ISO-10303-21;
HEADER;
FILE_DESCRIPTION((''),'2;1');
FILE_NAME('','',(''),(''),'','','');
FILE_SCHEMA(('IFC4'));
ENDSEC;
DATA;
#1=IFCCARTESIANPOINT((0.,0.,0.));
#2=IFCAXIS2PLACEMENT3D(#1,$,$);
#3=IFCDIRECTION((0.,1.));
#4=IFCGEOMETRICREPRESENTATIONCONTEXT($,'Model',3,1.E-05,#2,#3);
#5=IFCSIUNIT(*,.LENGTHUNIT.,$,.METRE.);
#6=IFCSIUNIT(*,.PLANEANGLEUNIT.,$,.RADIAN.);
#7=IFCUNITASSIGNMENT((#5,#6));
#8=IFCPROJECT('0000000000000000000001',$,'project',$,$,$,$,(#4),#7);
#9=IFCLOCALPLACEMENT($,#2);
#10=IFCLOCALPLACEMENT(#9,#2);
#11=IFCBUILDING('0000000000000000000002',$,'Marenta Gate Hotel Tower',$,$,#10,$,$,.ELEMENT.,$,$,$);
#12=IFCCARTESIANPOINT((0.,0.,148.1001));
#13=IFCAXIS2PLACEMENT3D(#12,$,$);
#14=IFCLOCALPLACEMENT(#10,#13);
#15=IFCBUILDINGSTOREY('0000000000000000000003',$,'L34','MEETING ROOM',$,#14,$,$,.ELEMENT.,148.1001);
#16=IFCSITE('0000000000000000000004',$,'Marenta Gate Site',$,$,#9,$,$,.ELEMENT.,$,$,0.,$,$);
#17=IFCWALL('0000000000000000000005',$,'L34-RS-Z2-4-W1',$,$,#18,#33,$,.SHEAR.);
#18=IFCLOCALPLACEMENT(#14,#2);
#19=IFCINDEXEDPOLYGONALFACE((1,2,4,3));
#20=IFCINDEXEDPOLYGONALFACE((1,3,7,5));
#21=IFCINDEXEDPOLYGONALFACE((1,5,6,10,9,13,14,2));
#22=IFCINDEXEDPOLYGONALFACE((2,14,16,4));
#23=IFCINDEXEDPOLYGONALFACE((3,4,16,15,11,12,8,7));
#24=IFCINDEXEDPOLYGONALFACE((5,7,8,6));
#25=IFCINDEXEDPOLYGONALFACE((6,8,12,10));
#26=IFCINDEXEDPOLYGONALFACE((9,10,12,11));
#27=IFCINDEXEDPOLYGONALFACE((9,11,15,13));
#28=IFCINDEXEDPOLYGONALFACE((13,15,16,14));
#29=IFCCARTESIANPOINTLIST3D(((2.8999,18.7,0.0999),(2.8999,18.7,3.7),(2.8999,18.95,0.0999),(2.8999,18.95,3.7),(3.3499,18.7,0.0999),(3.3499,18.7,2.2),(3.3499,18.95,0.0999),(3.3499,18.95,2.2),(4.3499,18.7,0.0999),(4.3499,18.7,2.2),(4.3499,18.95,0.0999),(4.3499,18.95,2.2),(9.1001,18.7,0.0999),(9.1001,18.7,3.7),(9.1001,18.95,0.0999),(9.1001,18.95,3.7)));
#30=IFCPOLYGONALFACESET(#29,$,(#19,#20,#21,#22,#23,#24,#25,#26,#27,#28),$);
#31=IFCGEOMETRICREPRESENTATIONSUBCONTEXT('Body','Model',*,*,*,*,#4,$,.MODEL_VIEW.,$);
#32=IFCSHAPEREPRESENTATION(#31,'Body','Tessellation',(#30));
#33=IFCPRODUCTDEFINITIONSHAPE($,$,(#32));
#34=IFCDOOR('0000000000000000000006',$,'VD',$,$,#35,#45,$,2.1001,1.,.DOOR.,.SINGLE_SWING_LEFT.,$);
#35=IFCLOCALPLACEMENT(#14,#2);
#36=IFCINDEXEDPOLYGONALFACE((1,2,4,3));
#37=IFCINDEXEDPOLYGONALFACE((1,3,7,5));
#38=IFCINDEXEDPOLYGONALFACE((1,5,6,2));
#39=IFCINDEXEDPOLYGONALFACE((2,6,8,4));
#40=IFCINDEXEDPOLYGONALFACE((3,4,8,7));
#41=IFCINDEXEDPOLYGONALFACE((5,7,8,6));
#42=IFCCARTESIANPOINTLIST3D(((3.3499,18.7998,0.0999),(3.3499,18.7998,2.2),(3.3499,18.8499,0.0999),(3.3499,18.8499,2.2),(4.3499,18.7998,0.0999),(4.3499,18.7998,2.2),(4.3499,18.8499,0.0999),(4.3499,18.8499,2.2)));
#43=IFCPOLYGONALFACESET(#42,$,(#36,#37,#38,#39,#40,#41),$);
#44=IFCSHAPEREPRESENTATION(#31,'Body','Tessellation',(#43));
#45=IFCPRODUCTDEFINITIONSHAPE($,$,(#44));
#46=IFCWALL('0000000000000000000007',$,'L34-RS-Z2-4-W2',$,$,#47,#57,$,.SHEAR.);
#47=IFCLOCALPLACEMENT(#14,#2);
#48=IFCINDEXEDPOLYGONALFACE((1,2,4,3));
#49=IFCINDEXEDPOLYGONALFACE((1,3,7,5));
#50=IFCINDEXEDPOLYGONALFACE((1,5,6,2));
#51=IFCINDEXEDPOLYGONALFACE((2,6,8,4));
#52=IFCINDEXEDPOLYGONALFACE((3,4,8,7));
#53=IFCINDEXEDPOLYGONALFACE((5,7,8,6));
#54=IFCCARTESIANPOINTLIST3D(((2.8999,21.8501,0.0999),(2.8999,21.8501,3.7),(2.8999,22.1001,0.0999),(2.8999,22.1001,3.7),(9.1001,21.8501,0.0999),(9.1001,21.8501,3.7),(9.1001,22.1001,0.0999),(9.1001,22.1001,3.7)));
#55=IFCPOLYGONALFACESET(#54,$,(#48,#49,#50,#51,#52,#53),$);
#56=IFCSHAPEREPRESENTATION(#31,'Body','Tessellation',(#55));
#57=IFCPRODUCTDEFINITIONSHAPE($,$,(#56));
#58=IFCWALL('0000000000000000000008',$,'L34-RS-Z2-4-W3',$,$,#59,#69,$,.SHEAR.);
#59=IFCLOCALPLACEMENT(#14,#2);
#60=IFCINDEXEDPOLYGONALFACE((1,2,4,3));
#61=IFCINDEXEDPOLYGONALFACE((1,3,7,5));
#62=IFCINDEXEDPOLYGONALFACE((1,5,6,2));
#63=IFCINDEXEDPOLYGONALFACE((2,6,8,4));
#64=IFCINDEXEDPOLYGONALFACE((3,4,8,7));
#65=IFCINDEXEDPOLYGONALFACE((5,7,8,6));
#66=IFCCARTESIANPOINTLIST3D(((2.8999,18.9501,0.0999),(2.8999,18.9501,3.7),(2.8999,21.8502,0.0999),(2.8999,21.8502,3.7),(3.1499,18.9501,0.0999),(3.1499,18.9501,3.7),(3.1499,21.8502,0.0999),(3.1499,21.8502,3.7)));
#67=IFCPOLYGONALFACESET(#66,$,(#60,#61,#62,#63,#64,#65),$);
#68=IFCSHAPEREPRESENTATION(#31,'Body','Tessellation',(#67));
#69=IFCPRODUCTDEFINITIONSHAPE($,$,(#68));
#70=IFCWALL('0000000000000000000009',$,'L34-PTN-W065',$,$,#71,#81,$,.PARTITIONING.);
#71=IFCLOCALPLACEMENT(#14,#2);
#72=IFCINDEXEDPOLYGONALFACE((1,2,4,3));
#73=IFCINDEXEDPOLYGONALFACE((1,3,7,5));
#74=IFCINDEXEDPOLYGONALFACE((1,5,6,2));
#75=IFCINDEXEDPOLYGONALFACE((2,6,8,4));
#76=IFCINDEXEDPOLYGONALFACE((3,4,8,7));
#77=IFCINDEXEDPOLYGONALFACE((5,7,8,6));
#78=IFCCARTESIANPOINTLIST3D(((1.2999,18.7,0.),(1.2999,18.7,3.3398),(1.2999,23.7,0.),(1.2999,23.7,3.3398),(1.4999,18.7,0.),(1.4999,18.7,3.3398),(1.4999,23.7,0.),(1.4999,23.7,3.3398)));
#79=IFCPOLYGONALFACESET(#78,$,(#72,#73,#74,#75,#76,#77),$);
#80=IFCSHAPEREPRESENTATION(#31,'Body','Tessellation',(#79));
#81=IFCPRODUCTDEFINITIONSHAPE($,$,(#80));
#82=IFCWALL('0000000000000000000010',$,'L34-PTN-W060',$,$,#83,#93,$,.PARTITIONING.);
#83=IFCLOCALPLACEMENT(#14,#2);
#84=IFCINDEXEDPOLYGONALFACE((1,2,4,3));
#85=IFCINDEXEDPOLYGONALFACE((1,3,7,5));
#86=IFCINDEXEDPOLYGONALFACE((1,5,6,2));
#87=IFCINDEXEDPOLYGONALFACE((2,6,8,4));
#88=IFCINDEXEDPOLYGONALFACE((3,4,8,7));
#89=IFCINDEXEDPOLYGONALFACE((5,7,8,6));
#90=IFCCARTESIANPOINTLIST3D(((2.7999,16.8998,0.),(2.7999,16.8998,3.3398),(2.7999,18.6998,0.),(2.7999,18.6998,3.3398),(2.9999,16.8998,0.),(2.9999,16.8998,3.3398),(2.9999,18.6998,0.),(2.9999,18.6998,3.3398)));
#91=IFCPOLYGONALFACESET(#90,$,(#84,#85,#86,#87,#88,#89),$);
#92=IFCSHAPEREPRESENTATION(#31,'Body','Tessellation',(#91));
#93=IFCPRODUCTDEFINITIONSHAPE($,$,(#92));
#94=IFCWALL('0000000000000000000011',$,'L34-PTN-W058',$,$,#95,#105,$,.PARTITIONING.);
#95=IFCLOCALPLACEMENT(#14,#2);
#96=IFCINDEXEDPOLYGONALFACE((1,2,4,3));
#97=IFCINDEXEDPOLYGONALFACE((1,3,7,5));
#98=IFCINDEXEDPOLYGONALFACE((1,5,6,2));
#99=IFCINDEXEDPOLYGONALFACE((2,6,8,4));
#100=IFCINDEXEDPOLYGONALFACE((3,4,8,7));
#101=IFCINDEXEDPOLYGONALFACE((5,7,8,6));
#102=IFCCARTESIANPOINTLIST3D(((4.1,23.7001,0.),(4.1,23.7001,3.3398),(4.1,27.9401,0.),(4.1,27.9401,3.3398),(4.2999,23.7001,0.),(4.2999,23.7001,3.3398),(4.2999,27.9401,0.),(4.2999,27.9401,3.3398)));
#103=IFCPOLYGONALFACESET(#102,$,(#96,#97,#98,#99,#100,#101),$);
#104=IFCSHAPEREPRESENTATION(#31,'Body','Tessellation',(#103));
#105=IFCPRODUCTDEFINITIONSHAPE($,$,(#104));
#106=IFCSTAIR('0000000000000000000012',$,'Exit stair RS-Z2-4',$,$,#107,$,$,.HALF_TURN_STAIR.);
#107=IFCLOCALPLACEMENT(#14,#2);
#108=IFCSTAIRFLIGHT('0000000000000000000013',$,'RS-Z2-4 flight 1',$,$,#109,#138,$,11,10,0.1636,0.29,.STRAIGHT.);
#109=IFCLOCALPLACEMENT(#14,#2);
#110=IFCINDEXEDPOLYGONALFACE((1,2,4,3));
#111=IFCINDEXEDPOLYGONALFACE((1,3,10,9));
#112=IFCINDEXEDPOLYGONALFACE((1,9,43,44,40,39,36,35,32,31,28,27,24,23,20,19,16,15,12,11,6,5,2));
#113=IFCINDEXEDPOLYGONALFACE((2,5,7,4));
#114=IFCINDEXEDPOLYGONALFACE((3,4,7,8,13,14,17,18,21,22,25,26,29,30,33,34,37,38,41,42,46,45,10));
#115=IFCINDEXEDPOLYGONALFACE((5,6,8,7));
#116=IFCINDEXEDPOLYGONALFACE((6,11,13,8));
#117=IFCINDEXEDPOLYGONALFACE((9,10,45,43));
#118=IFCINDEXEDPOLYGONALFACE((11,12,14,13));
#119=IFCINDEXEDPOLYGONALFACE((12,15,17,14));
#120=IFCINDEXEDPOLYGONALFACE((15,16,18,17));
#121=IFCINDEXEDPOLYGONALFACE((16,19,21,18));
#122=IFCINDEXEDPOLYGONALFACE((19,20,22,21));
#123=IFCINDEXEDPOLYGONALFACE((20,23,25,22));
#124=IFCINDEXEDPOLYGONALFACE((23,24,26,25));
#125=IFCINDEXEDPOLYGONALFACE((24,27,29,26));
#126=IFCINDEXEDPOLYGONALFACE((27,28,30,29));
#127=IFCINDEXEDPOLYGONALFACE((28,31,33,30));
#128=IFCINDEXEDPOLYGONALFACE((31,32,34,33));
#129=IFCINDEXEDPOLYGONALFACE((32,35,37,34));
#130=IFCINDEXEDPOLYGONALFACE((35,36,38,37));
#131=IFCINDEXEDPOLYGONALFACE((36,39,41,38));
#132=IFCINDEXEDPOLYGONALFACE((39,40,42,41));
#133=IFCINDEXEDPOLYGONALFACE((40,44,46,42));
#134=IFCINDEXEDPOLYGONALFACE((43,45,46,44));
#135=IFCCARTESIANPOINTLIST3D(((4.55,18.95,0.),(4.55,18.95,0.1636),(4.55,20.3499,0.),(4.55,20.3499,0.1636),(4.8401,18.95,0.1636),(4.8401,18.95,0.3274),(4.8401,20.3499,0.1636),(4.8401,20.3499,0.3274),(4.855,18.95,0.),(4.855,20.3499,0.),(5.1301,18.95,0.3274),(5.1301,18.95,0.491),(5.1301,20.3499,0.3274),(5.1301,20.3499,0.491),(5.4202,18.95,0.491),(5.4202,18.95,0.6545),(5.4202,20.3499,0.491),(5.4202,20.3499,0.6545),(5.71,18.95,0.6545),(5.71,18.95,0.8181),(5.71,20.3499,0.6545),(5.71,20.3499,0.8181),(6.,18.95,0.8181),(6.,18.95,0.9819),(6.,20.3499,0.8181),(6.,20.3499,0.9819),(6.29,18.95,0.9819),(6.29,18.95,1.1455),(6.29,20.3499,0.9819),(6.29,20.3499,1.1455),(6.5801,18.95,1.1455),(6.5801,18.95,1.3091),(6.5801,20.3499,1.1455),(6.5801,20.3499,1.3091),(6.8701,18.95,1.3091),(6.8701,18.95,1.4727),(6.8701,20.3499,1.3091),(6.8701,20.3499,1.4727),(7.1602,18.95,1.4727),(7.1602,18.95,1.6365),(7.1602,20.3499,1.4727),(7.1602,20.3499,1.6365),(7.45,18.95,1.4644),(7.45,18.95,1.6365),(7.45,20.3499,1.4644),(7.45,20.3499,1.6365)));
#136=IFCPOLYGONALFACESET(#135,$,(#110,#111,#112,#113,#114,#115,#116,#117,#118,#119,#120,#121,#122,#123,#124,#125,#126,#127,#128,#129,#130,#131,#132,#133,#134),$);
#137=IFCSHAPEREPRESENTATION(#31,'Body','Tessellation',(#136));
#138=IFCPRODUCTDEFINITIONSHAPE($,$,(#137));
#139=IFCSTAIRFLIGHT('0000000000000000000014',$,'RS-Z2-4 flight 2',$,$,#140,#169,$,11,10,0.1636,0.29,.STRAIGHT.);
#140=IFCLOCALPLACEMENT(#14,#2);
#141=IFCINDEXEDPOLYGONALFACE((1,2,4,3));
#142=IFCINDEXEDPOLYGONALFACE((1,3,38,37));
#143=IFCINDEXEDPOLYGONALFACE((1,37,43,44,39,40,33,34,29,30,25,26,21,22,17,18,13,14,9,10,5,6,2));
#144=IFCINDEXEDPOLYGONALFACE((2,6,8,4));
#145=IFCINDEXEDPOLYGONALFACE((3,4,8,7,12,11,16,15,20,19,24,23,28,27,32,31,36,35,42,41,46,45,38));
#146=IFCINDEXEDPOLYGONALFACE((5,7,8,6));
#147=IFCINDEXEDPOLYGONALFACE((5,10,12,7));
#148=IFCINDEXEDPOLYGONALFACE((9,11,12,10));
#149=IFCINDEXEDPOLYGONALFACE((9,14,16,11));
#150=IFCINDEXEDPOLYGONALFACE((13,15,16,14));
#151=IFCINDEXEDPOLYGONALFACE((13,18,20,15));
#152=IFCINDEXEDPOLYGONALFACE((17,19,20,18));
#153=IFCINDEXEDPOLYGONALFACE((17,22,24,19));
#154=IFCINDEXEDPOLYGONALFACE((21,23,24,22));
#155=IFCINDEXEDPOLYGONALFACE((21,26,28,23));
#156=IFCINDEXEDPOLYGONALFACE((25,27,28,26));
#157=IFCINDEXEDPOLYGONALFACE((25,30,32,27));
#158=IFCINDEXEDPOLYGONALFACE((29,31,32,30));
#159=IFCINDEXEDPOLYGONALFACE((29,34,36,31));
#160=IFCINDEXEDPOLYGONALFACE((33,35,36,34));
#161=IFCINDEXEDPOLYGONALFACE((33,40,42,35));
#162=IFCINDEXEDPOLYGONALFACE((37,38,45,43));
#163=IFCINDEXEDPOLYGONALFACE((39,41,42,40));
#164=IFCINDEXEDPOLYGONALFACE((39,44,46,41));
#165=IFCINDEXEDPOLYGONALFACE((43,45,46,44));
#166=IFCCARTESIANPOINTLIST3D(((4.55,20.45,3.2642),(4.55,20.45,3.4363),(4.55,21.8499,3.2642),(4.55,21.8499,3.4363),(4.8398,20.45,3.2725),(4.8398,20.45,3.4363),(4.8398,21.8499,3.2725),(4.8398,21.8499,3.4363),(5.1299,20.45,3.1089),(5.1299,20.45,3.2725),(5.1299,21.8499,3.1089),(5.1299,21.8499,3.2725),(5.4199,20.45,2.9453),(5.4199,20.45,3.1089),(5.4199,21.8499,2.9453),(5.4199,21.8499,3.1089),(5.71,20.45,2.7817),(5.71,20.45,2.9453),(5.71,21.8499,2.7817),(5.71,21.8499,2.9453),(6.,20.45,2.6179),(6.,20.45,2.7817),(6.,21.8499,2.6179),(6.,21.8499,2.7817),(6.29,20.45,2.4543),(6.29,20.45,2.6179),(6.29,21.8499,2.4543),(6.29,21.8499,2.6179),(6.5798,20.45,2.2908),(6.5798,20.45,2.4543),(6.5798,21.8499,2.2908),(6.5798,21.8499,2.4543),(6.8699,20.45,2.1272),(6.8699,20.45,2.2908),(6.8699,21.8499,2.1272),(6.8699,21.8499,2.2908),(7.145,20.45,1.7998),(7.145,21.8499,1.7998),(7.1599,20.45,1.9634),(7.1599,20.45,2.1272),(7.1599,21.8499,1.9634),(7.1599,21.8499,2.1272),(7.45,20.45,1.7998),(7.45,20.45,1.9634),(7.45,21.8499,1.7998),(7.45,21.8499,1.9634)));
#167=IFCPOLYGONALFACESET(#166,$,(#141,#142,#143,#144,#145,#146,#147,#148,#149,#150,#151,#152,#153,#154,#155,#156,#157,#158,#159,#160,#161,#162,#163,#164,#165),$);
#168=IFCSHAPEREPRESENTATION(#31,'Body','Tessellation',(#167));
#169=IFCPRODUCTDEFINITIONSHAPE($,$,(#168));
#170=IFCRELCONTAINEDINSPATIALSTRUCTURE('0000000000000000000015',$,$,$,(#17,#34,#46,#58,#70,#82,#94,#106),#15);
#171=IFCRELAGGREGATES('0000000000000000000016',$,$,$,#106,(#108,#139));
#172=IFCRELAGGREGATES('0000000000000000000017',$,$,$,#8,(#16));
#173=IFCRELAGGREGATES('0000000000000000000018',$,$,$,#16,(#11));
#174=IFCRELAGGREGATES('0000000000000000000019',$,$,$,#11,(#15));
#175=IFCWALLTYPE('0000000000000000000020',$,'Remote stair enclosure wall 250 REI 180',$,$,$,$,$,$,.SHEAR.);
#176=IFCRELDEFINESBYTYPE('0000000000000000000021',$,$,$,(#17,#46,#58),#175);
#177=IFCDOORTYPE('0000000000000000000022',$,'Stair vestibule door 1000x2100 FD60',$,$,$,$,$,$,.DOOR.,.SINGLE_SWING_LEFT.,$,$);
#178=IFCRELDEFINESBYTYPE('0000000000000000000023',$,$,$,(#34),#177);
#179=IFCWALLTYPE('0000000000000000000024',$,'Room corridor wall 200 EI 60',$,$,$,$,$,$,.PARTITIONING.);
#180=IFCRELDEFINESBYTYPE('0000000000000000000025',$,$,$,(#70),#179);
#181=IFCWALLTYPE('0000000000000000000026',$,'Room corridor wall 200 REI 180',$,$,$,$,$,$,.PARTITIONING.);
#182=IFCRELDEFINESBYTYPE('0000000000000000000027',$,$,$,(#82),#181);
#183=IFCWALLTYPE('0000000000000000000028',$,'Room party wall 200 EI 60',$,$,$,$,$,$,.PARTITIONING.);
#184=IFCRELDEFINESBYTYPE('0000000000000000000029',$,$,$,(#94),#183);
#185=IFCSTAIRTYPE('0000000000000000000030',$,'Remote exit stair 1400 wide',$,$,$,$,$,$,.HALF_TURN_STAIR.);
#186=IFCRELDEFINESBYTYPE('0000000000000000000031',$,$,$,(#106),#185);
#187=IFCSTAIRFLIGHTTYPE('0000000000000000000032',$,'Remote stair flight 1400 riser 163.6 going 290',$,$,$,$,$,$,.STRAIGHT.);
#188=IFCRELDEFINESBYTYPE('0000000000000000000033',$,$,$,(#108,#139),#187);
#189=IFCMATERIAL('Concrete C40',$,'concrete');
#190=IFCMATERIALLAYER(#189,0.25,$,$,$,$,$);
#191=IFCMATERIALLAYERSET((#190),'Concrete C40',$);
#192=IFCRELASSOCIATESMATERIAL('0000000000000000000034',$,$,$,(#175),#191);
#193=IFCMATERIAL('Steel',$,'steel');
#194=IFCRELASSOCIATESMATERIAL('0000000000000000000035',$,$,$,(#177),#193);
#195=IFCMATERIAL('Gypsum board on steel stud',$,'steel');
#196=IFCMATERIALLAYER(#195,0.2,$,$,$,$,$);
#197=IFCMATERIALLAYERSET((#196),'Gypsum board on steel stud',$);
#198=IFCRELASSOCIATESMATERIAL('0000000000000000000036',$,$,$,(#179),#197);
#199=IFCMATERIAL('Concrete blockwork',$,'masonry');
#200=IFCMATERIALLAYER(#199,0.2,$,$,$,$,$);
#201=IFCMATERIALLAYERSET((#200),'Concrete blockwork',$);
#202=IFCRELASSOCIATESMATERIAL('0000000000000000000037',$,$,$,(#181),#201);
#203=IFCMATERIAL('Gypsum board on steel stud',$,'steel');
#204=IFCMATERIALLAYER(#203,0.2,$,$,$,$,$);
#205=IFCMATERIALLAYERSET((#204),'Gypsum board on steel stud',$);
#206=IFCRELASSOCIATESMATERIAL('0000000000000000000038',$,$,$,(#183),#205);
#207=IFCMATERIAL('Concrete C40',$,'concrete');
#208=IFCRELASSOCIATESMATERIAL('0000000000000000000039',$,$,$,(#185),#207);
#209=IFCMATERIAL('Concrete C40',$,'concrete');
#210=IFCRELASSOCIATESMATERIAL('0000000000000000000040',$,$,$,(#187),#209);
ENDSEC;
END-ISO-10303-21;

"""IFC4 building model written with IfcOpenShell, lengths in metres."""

from ifc_helpers import new_model, si_unit, direction, frame, frame_2d, origin, place, context, subcontext, project, spatial, polyline, rectangle, outline, extrude, material, layer, layer_set, type_object, element, fill, aggregate, save


model = new_model("IFC4")

# Units and contexts
model_context = context("Model", 3, precision=1e-05, world=origin(), true_north=direction((0.0, 1.0)))
body_context = subcontext(model_context, "Body", "Model", "MODEL_VIEW")
ifc_project = project(units=[si_unit("LENGTHUNIT", "METRE"), si_unit("PLANEANGLEUNIT", "RADIAN")], contexts=[model_context])

# Site, building, storey
site_placement = place(None, origin())
site = spatial("IfcSite", under=ifc_project, at=site_placement, Name="Marenta Gate Site", CompositionType="ELEMENT", RefElevation=0.0)
building_placement = place(site_placement, origin())
building = spatial("IfcBuilding", under=site, at=building_placement, Name="Marenta Gate Hotel Tower", CompositionType="ELEMENT")
storey_placement = place(building_placement, frame((0.0, 0.0, 148.1001)))
storey = spatial("IfcBuildingStorey", under=building, at=storey_placement, Name="L34", Description="MEETING ROOM", CompositionType="ELEMENT", Elevation=148.1001)

# Wall, opening, door
ifc_material_1 = material(Name="Concrete C40", Category="concrete")
ifc_layer_1 = layer(ifc_material_1, 0.25)
ifc_layer_set_1 = layer_set([ifc_layer_1], Name="Concrete C40")
wall_type_1 = type_object("IfcWallType", Name="Remote stair enclosure wall 250 REI 180", PredefinedType="SHEAR", material=ifc_layer_set_1)
wall_1_placement = place(storey_placement, frame((2.8999, 18.825, 0.0999), z_axis=(0.0, 0.0, 1.0), x_axis=(1.0, 0.0, 0.0)))
wall_1 = element("IfcWall", 1, at=wall_1_placement, inside=storey, type_object=wall_type_1, Name="L34-RS-Z2-4-W1", PredefinedType="SHEAR", context=body_context, shape_type="SweptSolid", body=[
    extrude(rectangle(XDim=6.2002, YDim=0.25, at=frame_2d((3.1001, 0.0))), origin(), (0.0, 0.0, 1.0), 3.6001),
])
opening_1_placement = place(wall_1_placement, frame((0.45, 0.0, 0.0)))
opening_1 = element("IfcOpeningElement", 2, at=opening_1_placement, cuts=wall_1, PredefinedType="OPENING", context=body_context, shape_type="SweptSolid", body=[
    extrude(rectangle(XDim=1.0, YDim=2.1001, at=frame_2d((0.5, 1.05))), frame((0.0, 0.125, 0.0), z_axis=(0.0, -1.0, 0.0), x_axis=(1.0, 0.0, 0.0)), (0.0, 0.0, 1.0), 0.25),
])
ifc_material_2 = material(Name="Steel", Category="steel")
door_type_1 = type_object("IfcDoorType", Name="Stair vestibule door 1000x2100 FD60", OperationType="SINGLE_SWING_LEFT", PredefinedType="DOOR", material=ifc_material_2)
door_1_placement = place(opening_1_placement, origin())
door_1 = element("IfcDoor", 3, at=door_1_placement, inside=storey, type_object=door_type_1, Name="VD", OperationType="SINGLE_SWING_LEFT", OverallHeight=2.1001, OverallWidth=1.0, PredefinedType="DOOR", context=body_context, shape_type="SweptSolid", body=[
    extrude(rectangle(XDim=1.0, YDim=2.1001, at=frame_2d((0.5, 1.05))), frame((0.0, 0.0249, 0.0), z_axis=(0.0, -1.0, 0.0), x_axis=(1.0, 0.0, 0.0)), (0.0, 0.0, 1.0), 0.05),
])
fill(opening_1, door_1)

# Walls
wall_2_placement = place(storey_placement, frame((2.8999, 21.9751, 0.0999), z_axis=(0.0, 0.0, 1.0), x_axis=(1.0, 0.0, 0.0)))
element("IfcWall", 4, at=wall_2_placement, inside=storey, type_object=wall_type_1, Name="L34-RS-Z2-4-W2", PredefinedType="SHEAR", context=body_context, shape_type="SweptSolid", body=[
    extrude(rectangle(XDim=6.2002, YDim=0.25, at=frame_2d((3.1001, 0.0))), origin(), (0.0, 0.0, 1.0), 3.6001),
])
wall_3_placement = place(storey_placement, frame((3.0249, 18.95, 0.0999), z_axis=(0.0, 0.0, 1.0), x_axis=(0.0, 1.0, 0.0)))
element("IfcWall", 5, at=wall_3_placement, inside=storey, type_object=wall_type_1, Name="L34-RS-Z2-4-W3", PredefinedType="SHEAR", context=body_context, shape_type="SweptSolid", body=[
    extrude(rectangle(XDim=2.9001, YDim=0.25, at=frame_2d((1.4502, 0.0))), origin(), (0.0, 0.0, 1.0), 3.6001),
])
ifc_material_3 = material(Name="Gypsum board on steel stud", Category="steel")
ifc_layer_2 = layer(ifc_material_3, 0.2)
ifc_layer_set_2 = layer_set([ifc_layer_2], Name="Gypsum board on steel stud")
wall_type_2 = type_object("IfcWallType", Name="Room corridor wall 200 EI 60", PredefinedType="PARTITIONING", material=ifc_layer_set_2)
wall_4_placement = place(storey_placement, frame((1.3999, 18.7, 0.0), z_axis=(0.0, 0.0, 1.0), x_axis=(0.0, 1.0, 0.0)))
element("IfcWall", 6, at=wall_4_placement, inside=storey, type_object=wall_type_2, Name="L34-PTN-W065", PredefinedType="PARTITIONING", context=body_context, shape_type="SweptSolid", body=[
    extrude(rectangle(XDim=5.0, YDim=0.2, at=frame_2d((2.5, 0.0))), origin(), (0.0, 0.0, 1.0), 3.3398),
])

# Walls
ifc_material_4 = material(Name="Concrete blockwork", Category="masonry")
ifc_layer_3 = layer(ifc_material_4, 0.2)
ifc_layer_set_3 = layer_set([ifc_layer_3], Name="Concrete blockwork")
wall_type_3 = type_object("IfcWallType", Name="Room corridor wall 200 REI 180", PredefinedType="PARTITIONING", material=ifc_layer_set_3)
wall_5_placement = place(storey_placement, frame((2.8999, 16.8999, 0.0), z_axis=(0.0, 0.0, 1.0), x_axis=(0.0, 1.0, 0.0)))
element("IfcWall", 7, at=wall_5_placement, inside=storey, type_object=wall_type_3, Name="L34-PTN-W060", PredefinedType="PARTITIONING", context=body_context, shape_type="SweptSolid", body=[
    extrude(rectangle(XDim=1.8, YDim=0.2, at=frame_2d((0.8999, 0.0))), origin(), (0.0, 0.0, 1.0), 3.3398),
])
ifc_material_5 = material(Name="Gypsum board on steel stud", Category="steel")
ifc_layer_4 = layer(ifc_material_5, 0.2)
ifc_layer_set_4 = layer_set([ifc_layer_4], Name="Gypsum board on steel stud")
wall_type_4 = type_object("IfcWallType", Name="Room party wall 200 EI 60", PredefinedType="PARTITIONING", material=ifc_layer_set_4)
wall_6_placement = place(storey_placement, frame((4.2, 23.7, 0.0), z_axis=(0.0, 0.0, 1.0), x_axis=(0.0, 1.0, 0.0)))
element("IfcWall", 8, at=wall_6_placement, inside=storey, type_object=wall_type_4, Name="L34-PTN-W058", PredefinedType="PARTITIONING", context=body_context, shape_type="SweptSolid", body=[
    extrude(rectangle(XDim=4.24, YDim=0.2, at=frame_2d((2.1201, 0.0))), origin(), (0.0, 0.0, 1.0), 3.3398),
])

# Stair, stair flights
ifc_material_6 = material(Name="Concrete C40", Category="concrete")
stair_type = type_object("IfcStairType", Name="Remote exit stair 1400 wide", PredefinedType="HALF_TURN_STAIR", material=ifc_material_6)
stair_placement = place(storey_placement, origin())
stair = element("IfcStair", 9, at=stair_placement, inside=storey, type_object=stair_type, Name="Exit stair RS-Z2-4", PredefinedType="HALF_TURN_STAIR")
ifc_material_7 = material(Name="Concrete C40", Category="concrete")
stair_flight_type = type_object("IfcStairFlightType", Name="Remote stair flight 1400 riser 163.6 going 290", PredefinedType="STRAIGHT", material=ifc_material_7)
stair_flight_1_placement = place(storey_placement, frame((4.55, 19.6499, 0.0), z_axis=(0.0, 0.0, 1.0), x_axis=(1.0, 0.0, 0.0)))
stair_flight_1 = element("IfcStairFlight", 10, at=stair_flight_1_placement, type_object=stair_flight_type, Name="RS-Z2-4 flight 1", NumberOfRisers=11, NumberOfTreads=10, PredefinedType="STRAIGHT", RiserHeight=0.1636, TreadLength=0.29, context=body_context, shape_type="SweptSolid", body=[
    extrude(outline(polyline([(0.0, 0.0), (0.0, 0.1636), (0.29, 0.1636), (0.29, 0.3274), (0.5801, 0.3274), (0.5801, 0.491), (0.8701, 0.491), (0.8701, 0.6545), (1.1599, 0.6545), (1.1599, 0.8181), (1.45, 0.8181), (1.45, 0.9819), (1.74, 0.9819), (1.74, 1.1455), (2.03, 1.1455), (2.03, 1.3091), (2.3201, 1.3091), (2.3201, 1.4727), (2.6101, 1.4727), (2.6101, 1.6365), (2.8999, 1.6365), (2.8999, 1.8), (2.8999, 1.4644), (0.3049, 0.0), (0.0, 0.0)])), frame((0.0, 0.7, 0.0), z_axis=(0.0, -1.0, 0.0), x_axis=(1.0, 0.0, 0.0)), (0.0, 0.0, 1.0), 1.3999),
])
stair_flight_2_placement = place(storey_placement, frame((7.45, 21.1499, 1.7998), z_axis=(0.0, 0.0, 1.0), x_axis=(-1.0, 0.0, 0.0)))
stair_flight_2 = element("IfcStairFlight", 11, at=stair_flight_2_placement, type_object=stair_flight_type, Name="RS-Z2-4 flight 2", NumberOfRisers=11, NumberOfTreads=10, PredefinedType="STRAIGHT", RiserHeight=0.1636, TreadLength=0.29, context=body_context, shape_type="SweptSolid", body=[
    extrude(outline(polyline([(0.0, 0.0), (0.0, 0.1636), (0.29, 0.1636), (0.29, 0.3274), (0.5801, 0.3274), (0.5801, 0.491), (0.8701, 0.491), (0.8701, 0.6545), (1.1599, 0.6545), (1.1599, 0.8181), (1.45, 0.8181), (1.45, 0.9819), (1.74, 0.9819), (1.74, 1.1455), (2.03, 1.1455), (2.03, 1.3091), (2.3201, 1.3091), (2.3201, 1.4727), (2.6101, 1.4727), (2.6101, 1.6365), (2.8999, 1.6365), (2.8999, 1.8), (2.8999, 1.4644), (0.3049, 0.0), (0.0, 0.0)])), frame((0.0, 0.7, 0.0), z_axis=(0.0, -1.0, 0.0), x_axis=(1.0, 0.0, 0.0)), (0.0, 0.0, 1.0), 1.3999),
])
aggregate(stair, [stair_flight_1, stair_flight_2])

save(model, "model.ifc")
